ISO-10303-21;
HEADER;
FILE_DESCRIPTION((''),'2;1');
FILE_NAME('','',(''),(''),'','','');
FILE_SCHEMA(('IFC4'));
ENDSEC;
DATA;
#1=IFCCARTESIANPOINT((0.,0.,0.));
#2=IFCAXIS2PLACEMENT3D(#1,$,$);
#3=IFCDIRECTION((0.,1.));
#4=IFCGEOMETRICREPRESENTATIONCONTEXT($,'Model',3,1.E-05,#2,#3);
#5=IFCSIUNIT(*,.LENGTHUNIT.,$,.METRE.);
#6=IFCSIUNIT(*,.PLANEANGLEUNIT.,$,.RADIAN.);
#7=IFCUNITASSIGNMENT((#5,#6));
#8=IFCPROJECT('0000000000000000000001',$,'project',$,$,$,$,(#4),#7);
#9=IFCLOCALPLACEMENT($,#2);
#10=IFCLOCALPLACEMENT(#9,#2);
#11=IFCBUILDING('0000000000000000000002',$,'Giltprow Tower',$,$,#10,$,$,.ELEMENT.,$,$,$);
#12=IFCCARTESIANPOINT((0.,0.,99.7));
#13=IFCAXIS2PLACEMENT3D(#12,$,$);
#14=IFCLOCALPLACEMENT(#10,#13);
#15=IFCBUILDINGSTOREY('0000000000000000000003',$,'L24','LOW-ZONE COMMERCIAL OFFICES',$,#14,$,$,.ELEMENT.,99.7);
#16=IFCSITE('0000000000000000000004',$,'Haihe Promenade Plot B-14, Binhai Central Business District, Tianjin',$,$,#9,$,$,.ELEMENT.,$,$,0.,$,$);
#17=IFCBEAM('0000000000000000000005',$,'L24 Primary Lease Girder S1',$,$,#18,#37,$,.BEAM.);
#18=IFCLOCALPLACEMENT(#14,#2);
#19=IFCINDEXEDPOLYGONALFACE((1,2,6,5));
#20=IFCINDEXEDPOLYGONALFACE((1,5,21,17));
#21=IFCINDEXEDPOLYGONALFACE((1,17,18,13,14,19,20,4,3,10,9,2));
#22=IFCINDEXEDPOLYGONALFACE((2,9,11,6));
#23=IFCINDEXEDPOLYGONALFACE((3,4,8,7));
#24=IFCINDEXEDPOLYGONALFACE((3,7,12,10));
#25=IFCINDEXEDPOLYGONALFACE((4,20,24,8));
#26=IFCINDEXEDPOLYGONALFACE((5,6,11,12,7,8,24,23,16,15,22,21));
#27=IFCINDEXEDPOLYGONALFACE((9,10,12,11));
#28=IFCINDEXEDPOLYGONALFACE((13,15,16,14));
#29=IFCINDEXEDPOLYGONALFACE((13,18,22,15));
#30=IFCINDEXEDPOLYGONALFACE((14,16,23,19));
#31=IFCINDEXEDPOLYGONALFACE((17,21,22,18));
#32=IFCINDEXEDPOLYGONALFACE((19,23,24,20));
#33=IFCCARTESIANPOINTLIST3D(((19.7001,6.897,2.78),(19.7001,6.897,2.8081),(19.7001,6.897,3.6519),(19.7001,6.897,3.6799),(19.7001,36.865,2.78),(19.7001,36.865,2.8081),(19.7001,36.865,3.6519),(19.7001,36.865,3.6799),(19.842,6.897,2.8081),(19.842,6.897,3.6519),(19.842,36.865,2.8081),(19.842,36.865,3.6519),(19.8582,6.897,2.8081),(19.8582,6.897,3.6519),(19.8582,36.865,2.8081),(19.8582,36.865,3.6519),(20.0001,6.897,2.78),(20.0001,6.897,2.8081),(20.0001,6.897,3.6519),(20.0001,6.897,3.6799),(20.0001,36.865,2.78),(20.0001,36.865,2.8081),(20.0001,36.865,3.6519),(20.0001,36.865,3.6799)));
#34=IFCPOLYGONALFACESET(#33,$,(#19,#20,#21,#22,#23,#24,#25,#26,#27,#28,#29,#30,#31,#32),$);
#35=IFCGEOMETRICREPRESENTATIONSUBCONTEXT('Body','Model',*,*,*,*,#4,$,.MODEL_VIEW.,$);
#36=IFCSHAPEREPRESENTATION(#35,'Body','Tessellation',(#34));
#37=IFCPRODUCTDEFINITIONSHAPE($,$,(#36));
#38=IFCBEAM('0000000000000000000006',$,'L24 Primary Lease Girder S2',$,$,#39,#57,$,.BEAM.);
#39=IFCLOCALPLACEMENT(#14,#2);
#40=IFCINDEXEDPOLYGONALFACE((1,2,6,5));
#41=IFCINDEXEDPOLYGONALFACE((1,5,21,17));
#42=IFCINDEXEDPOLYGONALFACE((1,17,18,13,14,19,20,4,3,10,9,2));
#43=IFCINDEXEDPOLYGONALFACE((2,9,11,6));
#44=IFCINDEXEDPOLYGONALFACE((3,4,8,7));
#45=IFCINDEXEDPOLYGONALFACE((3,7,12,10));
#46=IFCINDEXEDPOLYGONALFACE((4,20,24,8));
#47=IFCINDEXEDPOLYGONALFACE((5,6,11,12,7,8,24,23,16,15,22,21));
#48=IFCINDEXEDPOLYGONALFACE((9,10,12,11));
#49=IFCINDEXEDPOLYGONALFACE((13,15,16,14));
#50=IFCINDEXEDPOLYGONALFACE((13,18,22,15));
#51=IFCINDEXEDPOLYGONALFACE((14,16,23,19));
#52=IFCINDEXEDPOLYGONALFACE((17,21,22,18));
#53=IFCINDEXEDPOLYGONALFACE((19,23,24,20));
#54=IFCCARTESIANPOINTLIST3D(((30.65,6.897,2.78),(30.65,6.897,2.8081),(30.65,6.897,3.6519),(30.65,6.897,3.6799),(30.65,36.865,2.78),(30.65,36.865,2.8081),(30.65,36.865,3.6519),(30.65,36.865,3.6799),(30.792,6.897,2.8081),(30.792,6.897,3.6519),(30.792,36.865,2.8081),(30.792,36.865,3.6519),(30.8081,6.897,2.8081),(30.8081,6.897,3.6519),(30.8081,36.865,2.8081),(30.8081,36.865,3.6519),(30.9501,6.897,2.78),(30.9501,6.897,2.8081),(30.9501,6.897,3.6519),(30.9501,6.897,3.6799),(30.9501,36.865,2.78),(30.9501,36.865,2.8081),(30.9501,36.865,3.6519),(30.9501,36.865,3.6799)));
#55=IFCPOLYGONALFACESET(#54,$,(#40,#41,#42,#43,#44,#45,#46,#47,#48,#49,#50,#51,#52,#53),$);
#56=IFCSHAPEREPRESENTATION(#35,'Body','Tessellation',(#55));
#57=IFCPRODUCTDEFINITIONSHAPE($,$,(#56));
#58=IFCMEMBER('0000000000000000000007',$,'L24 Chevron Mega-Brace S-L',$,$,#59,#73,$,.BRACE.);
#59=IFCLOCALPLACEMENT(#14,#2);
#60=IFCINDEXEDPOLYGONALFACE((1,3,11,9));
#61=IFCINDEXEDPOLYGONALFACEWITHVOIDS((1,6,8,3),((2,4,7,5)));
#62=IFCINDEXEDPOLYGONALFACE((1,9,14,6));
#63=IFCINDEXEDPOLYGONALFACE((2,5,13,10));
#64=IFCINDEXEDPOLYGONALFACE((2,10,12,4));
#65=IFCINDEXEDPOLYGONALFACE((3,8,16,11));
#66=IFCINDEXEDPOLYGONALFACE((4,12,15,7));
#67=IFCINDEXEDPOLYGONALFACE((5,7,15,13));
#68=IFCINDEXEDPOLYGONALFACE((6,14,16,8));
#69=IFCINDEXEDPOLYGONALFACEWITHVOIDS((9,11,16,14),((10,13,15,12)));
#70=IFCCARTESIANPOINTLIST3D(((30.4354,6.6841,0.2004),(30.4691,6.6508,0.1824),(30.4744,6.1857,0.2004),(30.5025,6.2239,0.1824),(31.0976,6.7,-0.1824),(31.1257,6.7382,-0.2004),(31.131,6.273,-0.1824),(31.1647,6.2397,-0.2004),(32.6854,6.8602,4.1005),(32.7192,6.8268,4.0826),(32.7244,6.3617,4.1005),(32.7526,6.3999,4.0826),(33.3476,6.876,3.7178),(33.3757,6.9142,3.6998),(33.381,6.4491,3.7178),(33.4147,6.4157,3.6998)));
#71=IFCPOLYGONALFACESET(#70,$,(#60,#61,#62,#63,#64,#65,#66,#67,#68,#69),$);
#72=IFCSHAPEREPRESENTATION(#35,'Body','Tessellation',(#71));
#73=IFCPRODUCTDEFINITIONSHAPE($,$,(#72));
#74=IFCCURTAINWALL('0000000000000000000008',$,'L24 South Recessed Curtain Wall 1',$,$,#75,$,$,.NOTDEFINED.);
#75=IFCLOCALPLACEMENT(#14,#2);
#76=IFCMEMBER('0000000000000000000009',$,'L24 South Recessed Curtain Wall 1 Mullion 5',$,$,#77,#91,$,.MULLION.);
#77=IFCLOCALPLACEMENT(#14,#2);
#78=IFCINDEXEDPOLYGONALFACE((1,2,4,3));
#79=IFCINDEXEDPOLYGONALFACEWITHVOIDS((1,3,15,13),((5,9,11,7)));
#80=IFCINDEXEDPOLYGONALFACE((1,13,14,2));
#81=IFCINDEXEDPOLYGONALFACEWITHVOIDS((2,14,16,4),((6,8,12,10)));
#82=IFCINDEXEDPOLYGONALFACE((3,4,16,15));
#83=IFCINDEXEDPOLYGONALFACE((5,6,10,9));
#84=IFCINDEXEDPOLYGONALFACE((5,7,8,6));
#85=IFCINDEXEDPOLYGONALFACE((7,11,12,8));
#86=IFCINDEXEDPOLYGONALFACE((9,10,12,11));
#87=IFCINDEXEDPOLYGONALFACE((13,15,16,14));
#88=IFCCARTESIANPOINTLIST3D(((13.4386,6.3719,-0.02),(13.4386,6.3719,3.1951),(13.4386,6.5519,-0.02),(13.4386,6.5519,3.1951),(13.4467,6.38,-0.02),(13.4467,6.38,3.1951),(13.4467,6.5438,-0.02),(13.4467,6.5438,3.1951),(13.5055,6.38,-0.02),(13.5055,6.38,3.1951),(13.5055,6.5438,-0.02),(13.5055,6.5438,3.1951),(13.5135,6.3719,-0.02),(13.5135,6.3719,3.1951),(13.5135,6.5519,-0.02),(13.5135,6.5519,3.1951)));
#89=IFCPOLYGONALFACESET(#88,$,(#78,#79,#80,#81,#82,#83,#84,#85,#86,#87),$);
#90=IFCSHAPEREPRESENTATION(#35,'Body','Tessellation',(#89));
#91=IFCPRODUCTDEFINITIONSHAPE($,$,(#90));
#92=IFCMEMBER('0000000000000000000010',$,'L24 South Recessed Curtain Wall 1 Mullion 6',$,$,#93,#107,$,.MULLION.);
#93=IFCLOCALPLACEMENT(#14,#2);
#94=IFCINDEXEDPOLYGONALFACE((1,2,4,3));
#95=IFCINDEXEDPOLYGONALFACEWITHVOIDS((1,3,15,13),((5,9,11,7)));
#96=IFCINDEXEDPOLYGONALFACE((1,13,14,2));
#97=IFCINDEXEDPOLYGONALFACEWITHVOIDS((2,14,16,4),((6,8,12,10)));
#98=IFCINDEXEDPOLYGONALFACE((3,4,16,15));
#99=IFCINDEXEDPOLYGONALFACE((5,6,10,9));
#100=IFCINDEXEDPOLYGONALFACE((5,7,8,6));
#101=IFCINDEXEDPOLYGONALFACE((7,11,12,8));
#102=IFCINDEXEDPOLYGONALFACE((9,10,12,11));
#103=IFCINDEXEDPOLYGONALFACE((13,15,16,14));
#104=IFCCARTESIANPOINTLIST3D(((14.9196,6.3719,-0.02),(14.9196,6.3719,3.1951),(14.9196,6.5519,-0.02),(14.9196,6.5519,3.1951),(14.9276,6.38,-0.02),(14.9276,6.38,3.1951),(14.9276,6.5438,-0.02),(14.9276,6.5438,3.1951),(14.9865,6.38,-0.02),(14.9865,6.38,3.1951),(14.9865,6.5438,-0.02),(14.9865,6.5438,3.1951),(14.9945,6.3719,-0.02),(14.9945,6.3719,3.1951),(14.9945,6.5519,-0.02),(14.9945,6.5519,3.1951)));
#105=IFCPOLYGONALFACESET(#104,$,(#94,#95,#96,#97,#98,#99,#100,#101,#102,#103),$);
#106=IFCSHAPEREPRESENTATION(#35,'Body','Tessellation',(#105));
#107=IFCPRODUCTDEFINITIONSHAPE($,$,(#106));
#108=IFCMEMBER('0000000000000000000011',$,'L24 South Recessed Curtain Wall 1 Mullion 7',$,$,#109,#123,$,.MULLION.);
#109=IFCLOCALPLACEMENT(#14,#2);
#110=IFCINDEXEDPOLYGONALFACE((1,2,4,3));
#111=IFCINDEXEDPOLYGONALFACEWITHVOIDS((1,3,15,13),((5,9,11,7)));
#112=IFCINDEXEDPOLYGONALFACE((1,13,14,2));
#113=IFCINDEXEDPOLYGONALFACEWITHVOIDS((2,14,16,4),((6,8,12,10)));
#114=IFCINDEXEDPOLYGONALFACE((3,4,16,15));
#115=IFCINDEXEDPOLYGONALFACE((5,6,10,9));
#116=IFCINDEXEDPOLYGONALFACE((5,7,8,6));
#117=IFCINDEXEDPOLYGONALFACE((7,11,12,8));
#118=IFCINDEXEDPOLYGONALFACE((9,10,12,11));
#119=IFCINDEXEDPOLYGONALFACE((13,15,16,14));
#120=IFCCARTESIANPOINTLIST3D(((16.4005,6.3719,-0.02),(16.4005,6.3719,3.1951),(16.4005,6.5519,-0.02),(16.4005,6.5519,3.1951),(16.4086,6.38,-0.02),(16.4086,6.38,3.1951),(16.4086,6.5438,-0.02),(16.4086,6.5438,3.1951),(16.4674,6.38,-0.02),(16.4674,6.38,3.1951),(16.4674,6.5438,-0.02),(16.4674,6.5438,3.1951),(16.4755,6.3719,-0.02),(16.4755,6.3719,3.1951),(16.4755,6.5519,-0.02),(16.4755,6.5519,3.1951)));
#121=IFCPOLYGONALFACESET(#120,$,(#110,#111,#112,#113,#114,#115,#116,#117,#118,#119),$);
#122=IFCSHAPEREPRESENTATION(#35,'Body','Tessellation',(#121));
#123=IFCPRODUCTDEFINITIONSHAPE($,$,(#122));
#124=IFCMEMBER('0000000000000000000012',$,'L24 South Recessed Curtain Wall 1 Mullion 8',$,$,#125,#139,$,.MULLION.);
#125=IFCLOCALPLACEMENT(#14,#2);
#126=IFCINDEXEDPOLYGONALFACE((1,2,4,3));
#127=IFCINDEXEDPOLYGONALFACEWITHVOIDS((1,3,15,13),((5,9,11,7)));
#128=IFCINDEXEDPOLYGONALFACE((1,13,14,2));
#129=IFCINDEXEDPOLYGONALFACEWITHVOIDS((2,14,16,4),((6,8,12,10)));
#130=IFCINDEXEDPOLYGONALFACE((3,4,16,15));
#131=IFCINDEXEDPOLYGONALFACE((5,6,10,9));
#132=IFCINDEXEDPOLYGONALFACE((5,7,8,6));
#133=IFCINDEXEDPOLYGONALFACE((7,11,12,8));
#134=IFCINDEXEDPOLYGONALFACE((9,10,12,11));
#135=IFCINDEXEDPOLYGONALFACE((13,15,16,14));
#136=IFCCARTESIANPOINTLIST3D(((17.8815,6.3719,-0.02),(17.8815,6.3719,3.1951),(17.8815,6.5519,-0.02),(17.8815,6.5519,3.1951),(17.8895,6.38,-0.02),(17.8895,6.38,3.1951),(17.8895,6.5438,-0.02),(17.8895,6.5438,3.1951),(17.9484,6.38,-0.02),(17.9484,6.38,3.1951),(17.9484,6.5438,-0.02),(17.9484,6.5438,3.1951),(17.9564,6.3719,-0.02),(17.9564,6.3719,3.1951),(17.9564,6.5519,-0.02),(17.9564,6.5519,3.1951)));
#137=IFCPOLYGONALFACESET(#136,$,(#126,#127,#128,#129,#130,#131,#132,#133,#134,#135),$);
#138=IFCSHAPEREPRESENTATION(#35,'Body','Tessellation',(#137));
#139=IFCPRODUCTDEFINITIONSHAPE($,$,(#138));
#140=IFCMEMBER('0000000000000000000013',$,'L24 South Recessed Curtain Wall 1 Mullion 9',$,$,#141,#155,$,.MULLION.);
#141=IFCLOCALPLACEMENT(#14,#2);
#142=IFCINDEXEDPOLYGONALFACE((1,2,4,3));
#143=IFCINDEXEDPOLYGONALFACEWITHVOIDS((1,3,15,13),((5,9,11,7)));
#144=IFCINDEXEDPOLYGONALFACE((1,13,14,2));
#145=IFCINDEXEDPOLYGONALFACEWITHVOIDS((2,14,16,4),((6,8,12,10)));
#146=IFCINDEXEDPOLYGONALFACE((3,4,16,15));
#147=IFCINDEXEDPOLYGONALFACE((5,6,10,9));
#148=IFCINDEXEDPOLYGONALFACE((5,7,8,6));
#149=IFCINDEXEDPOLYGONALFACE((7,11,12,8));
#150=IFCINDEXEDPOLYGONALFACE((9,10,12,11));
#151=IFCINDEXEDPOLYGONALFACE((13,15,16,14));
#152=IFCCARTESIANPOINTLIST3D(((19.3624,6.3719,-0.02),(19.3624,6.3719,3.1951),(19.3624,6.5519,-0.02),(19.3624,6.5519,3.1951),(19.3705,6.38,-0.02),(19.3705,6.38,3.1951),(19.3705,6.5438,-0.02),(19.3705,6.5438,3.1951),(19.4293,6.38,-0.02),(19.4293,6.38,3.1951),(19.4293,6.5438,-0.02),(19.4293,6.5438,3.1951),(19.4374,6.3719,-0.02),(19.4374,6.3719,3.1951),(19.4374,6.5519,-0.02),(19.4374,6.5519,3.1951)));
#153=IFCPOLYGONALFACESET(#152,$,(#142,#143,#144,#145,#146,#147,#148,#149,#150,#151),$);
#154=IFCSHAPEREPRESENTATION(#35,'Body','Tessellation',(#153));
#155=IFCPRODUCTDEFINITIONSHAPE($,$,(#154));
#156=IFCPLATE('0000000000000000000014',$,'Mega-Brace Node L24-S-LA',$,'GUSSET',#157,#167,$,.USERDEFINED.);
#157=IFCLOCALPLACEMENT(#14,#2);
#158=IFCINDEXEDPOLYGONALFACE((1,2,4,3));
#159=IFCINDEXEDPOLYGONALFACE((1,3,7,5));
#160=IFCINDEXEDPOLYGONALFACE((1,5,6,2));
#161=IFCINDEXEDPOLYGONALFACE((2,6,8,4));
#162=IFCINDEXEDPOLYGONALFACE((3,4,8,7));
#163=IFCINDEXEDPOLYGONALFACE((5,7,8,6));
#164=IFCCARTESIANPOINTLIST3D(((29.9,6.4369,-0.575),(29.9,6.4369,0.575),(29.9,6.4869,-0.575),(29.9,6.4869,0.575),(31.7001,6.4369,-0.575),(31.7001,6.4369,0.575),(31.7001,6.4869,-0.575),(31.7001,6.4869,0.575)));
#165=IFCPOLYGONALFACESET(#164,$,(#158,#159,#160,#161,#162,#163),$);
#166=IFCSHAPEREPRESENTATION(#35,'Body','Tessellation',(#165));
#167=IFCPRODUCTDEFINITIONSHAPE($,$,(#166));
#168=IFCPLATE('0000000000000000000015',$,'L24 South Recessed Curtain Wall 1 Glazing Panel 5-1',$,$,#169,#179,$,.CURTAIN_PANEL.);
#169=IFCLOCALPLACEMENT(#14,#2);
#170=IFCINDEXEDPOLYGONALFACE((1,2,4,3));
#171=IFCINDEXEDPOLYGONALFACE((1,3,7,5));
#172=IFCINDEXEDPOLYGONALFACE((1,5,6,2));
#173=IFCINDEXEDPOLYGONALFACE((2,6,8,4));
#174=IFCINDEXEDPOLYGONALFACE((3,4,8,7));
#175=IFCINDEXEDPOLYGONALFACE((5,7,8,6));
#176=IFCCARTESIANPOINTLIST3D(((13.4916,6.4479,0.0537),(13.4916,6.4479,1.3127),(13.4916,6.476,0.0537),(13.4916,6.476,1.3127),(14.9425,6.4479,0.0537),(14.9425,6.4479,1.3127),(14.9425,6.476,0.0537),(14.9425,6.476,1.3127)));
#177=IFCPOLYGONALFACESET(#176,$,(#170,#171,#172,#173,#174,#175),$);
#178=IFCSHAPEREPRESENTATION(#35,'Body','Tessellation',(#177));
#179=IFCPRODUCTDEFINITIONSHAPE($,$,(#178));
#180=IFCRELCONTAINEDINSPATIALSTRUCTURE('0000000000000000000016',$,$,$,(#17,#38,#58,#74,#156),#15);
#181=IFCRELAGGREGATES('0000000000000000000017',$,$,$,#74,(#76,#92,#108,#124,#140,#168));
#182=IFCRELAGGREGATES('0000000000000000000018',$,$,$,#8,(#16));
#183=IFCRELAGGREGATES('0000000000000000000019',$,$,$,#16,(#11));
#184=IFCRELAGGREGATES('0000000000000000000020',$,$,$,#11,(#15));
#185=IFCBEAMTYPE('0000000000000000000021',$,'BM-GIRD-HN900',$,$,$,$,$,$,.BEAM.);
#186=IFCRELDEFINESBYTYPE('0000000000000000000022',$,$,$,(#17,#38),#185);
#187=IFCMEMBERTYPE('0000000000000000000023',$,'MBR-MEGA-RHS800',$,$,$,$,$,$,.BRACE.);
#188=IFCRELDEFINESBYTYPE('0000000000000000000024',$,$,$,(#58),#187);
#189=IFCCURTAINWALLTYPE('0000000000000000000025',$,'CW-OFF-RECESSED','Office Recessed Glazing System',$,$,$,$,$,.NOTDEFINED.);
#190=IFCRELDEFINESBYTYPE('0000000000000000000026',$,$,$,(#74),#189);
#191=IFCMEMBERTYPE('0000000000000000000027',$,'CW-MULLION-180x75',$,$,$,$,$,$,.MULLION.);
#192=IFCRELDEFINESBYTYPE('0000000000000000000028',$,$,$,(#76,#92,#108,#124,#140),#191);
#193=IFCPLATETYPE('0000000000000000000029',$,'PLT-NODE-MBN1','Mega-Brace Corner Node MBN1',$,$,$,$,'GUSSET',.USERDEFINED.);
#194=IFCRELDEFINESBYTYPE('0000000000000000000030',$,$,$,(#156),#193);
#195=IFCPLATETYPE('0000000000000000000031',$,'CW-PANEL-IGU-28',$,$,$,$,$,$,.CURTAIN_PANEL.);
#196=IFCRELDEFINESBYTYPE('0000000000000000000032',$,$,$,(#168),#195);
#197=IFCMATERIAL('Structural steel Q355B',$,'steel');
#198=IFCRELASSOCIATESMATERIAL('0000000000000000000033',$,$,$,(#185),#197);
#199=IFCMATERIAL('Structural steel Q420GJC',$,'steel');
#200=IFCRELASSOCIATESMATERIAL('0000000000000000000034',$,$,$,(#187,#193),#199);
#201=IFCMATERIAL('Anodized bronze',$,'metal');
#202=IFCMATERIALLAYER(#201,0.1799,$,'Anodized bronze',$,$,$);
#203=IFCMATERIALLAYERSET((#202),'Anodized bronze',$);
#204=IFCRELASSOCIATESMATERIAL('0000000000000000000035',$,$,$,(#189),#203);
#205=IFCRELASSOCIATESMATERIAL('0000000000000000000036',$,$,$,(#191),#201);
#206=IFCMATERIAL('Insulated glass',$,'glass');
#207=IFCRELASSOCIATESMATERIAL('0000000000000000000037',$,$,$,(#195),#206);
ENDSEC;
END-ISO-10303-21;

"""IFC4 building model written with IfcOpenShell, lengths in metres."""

from ifc_helpers import new_model, si_unit, direction, frame, origin, origin_2d, place, context, subcontext, project, spatial, rectangle, hollow_rectangle, i_section, extrude, source, transform, mapped, material, layer, layer_set, material_profile, profile_set, type_object, element, aggregate, save


model = new_model("IFC4")

# Units and contexts
model_context = context("Model", 3, precision=1e-05, world=origin(), true_north=direction((0.0, 1.0)))
body_context = subcontext(model_context, "Body", "Model", "MODEL_VIEW")
ifc_project = project(units=[si_unit("LENGTHUNIT", "METRE"), si_unit("PLANEANGLEUNIT", "RADIAN")], contexts=[model_context])

# Site, building, storey
site_placement = place(None, origin())
site = spatial("IfcSite", under=ifc_project, at=site_placement, Name="Haihe Promenade Plot B-14, Binhai Central Business District, Tianjin", CompositionType="ELEMENT", RefElevation=0.0)
building_placement = place(site_placement, origin())
building = spatial("IfcBuilding", under=site, at=building_placement, Name="Giltprow Tower", CompositionType="ELEMENT")
storey_placement = place(building_placement, frame((0.0, 0.0, 99.7)))
storey = spatial("IfcBuildingStorey", under=building, at=storey_placement, Name="L24", Description="LOW-ZONE COMMERCIAL OFFICES", CompositionType="ELEMENT", Elevation=99.7)

# Shared definitions
ifc_material_1 = material(Name="Structural steel Q420GJC", Category="steel")

# Beams
ifc_material_2 = material(Name="Structural steel Q355B", Category="steel")
ifc_material_profile_1 = material_profile(ifc_material_2, i_section(OverallWidth=0.3, OverallDepth=0.8999, WebThickness=0.0161, FlangeThickness=0.0281, at=origin_2d()), Name="HN 900x300x16x28")
ifc_profile_set_1 = profile_set([ifc_material_profile_1], Name="Structural steel Q355B")
beam_type_1 = type_object("IfcBeamType", Name="BM-GIRD-HN900", PredefinedType="BEAM", material=ifc_profile_set_1)
shared_shape_1 = source(origin(), body_context, "Body", "SweptSolid", [
    extrude(i_section(OverallWidth=0.3, OverallDepth=0.8999, WebThickness=0.0161, FlangeThickness=0.0281, at=origin_2d()), origin(), (0.0, 0.0, 1.0), 29.968),
])
for number, where, z_axis, x_axis, name in (
    (1, (19.8501, 6.897, 3.23), (0.0, 1.0, 0.0), (-1.0, 0.0, 0.0), "L24 Primary Lease Girder S1"),
    (2, (30.8, 6.897, 3.23), (0.0, 1.0, 0.0), (-1.0, 0.0, 0.0), "L24 Primary Lease Girder S2"),
):
    element("IfcBeam", number, at=place(storey_placement, frame(where, z_axis=z_axis, x_axis=x_axis)), inside=storey, type_object=beam_type_1, Name=name, PredefinedType="BEAM", context=body_context, shape_type="MappedRepresentation", body=[
        mapped(shared_shape_1, transform((0.0, 0.0, 0.0), x_axis=(1.0, 0.0, 0.0), y_axis=(0.0, 1.0, 0.0), z_axis=(0.0, 0.0, 1.0), scale=1.0)),
    ])

# Member
ifc_material_profile_2 = material_profile(ifc_material_1, hollow_rectangle(XDim=0.5, YDim=0.8, WallThickness=0.0359, at=origin_2d()), Name="RHS 800x500x36")
ifc_profile_set_2 = profile_set([ifc_material_profile_2], Name="Structural steel Q420GJC")
member_type_1 = type_object("IfcMemberType", Name="MBR-MEGA-RHS800", PredefinedType="BRACE", material=ifc_profile_set_2)
shared_shape_2 = source(origin(), body_context, "Body", "SweptSolid", [
    extrude(hollow_rectangle(XDim=0.5, YDim=0.8, WallThickness=0.0359, at=origin_2d()), origin(), (0.0, 0.0, 1.0), 4.5061),
])
member_1_placement = place(storey_placement, frame((30.8, 6.4619, 0.0), z_axis=(0.499327, 0.039064, 0.865533), x_axis=(-0.077995, 0.996954, 0.0)))
element("IfcMember", 3, at=member_1_placement, inside=storey, type_object=member_type_1, Name="L24 Chevron Mega-Brace S-L", PredefinedType="BRACE", context=body_context, shape_type="MappedRepresentation", body=[
    mapped(shared_shape_2, transform((0.0, 0.0, 0.0), x_axis=(1.0, 0.0, 0.0), y_axis=(0.0, 1.0, 0.0), z_axis=(0.0, 0.0, 1.0), scale=1.0)),
])

# Curtain wall, members
ifc_material_3 = material(Name="Anodized bronze", Category="metal")
ifc_layer_1 = layer(ifc_material_3, 0.1799, Name="Anodized bronze")
ifc_layer_set_1 = layer_set([ifc_layer_1], Name="Anodized bronze")
curtain_wall_type = type_object("IfcCurtainWallType", Name="CW-OFF-RECESSED", Description="Office Recessed Glazing System", PredefinedType="NOTDEFINED", material=ifc_layer_set_1)
curtain_wall_placement = place(storey_placement, origin())
curtain_wall = element("IfcCurtainWall", 4, at=curtain_wall_placement, inside=storey, type_object=curtain_wall_type, Name="L24 South Recessed Curtain Wall 1", PredefinedType="NOTDEFINED")
ifc_material_profile_3 = material_profile(ifc_material_3, hollow_rectangle(XDim=0.075, YDim=0.1799, WallThickness=0.0081, at=origin_2d()), Name="RHS 180x75x8")
ifc_profile_set_3 = profile_set([ifc_material_profile_3], Name="Anodized bronze")
member_type_2 = type_object("IfcMemberType", Name="CW-MULLION-180x75", PredefinedType="MULLION", material=ifc_profile_set_3)
shared_shape_3 = source(origin(), body_context, "Body", "SweptSolid", [
    extrude(hollow_rectangle(XDim=0.075, YDim=0.1799, WallThickness=0.0081, at=origin_2d()), origin(), (0.0, 0.0, 1.0), 3.2151),
])
member_2_placement = place(storey_placement, frame((13.4761, 6.4619, -0.02), z_axis=(0.0, 0.0, 1.0), x_axis=(1.0, 0.0, 0.0)))
member_2 = element("IfcMember", 5, at=member_2_placement, type_object=member_type_2, Name="L24 South Recessed Curtain Wall 1 Mullion 5", PredefinedType="MULLION", context=body_context, shape_type="MappedRepresentation", body=[
    mapped(shared_shape_3, transform((0.0, 0.0, 0.0), x_axis=(1.0, 0.0, 0.0), y_axis=(0.0, 1.0, 0.0), z_axis=(0.0, 0.0, 1.0), scale=1.0)),
])
member_3_placement = place(storey_placement, frame((14.957, 6.4619, -0.02), z_axis=(0.0, 0.0, 1.0), x_axis=(1.0, 0.0, 0.0)))
member_3 = element("IfcMember", 6, at=member_3_placement, type_object=member_type_2, Name="L24 South Recessed Curtain Wall 1 Mullion 6", PredefinedType="MULLION", context=body_context, shape_type="MappedRepresentation", body=[
    mapped(shared_shape_3, transform((0.0, 0.0, 0.0), x_axis=(1.0, 0.0, 0.0), y_axis=(0.0, 1.0, 0.0), z_axis=(0.0, 0.0, 1.0), scale=1.0)),
])
member_4_placement = place(storey_placement, frame((16.438, 6.4619, -0.02), z_axis=(0.0, 0.0, 1.0), x_axis=(1.0, 0.0, 0.0)))
member_4 = element("IfcMember", 7, at=member_4_placement, type_object=member_type_2, Name="L24 South Recessed Curtain Wall 1 Mullion 7", PredefinedType="MULLION", context=body_context, shape_type="MappedRepresentation", body=[
    mapped(shared_shape_3, transform((0.0, 0.0, 0.0), x_axis=(1.0, 0.0, 0.0), y_axis=(0.0, 1.0, 0.0), z_axis=(0.0, 0.0, 1.0), scale=1.0)),
])
member_5_placement = place(storey_placement, frame((17.9189, 6.4619, -0.02), z_axis=(0.0, 0.0, 1.0), x_axis=(1.0, 0.0, 0.0)))
member_5 = element("IfcMember", 8, at=member_5_placement, type_object=member_type_2, Name="L24 South Recessed Curtain Wall 1 Mullion 8", PredefinedType="MULLION", context=body_context, shape_type="MappedRepresentation", body=[
    mapped(shared_shape_3, transform((0.0, 0.0, 0.0), x_axis=(1.0, 0.0, 0.0), y_axis=(0.0, 1.0, 0.0), z_axis=(0.0, 0.0, 1.0), scale=1.0)),
])
member_6_placement = place(storey_placement, frame((19.3999, 6.4619, -0.02), z_axis=(0.0, 0.0, 1.0), x_axis=(1.0, 0.0, 0.0)))
member_6 = element("IfcMember", 9, at=member_6_placement, type_object=member_type_2, Name="L24 South Recessed Curtain Wall 1 Mullion 9", PredefinedType="MULLION", context=body_context, shape_type="MappedRepresentation", body=[
    mapped(shared_shape_3, transform((0.0, 0.0, 0.0), x_axis=(1.0, 0.0, 0.0), y_axis=(0.0, 1.0, 0.0), z_axis=(0.0, 0.0, 1.0), scale=1.0)),
])

# Plates
plate_type_1 = type_object("IfcPlateType", Name="PLT-NODE-MBN1", Description="Mega-Brace Corner Node MBN1", ElementType="GUSSET", PredefinedType="USERDEFINED", material=ifc_material_1)
shared_shape_4 = source(origin(), body_context, "Body", "SweptSolid", [
    extrude(rectangle(XDim=1.8, YDim=0.05, at=origin_2d()), origin(), (0.0, 0.0, 1.0), 1.1499),
])
plate_1_placement = place(storey_placement, frame((30.8, 6.4619, -0.575), z_axis=(0.0, 0.0, 1.0), x_axis=(1.0, 0.0, 0.0)))
element("IfcPlate", 10, at=plate_1_placement, inside=storey, type_object=plate_type_1, Name="Mega-Brace Node L24-S-LA", ObjectType="GUSSET", PredefinedType="USERDEFINED", context=body_context, shape_type="MappedRepresentation", body=[
    mapped(shared_shape_4, transform((0.0, 0.0, 0.0), x_axis=(1.0, 0.0, 0.0), y_axis=(0.0, 1.0, 0.0), z_axis=(0.0, 0.0, 1.0), scale=1.0)),
])
ifc_material_4 = material(Name="Insulated glass", Category="glass")
plate_type_2 = type_object("IfcPlateType", Name="CW-PANEL-IGU-28", PredefinedType="CURTAIN_PANEL", material=ifc_material_4)
shared_shape_5 = source(origin(), body_context, "Body", "SweptSolid", [
    extrude(rectangle(XDim=1.4509, YDim=0.0281, at=origin_2d()), origin(), (0.0, 0.0, 1.0), 1.259),
])
plate_2_placement = place(storey_placement, frame((14.217, 6.4619, 0.0537), z_axis=(0.0, 0.0, 1.0), x_axis=(1.0, 0.0, 0.0)))
plate_2 = element("IfcPlate", 11, at=plate_2_placement, type_object=plate_type_2, Name="L24 South Recessed Curtain Wall 1 Glazing Panel 5-1", PredefinedType="CURTAIN_PANEL", context=body_context, shape_type="MappedRepresentation", body=[
    mapped(shared_shape_5, transform((0.0, 0.0, 0.0), x_axis=(1.0, 0.0, 0.0), y_axis=(0.0, 1.0, 0.0), z_axis=(0.0, 0.0, 1.0), scale=1.0)),
])
aggregate(curtain_wall, [member_2, member_3, member_4, member_5, member_6, plate_2])

save(model, "model.ifc")
